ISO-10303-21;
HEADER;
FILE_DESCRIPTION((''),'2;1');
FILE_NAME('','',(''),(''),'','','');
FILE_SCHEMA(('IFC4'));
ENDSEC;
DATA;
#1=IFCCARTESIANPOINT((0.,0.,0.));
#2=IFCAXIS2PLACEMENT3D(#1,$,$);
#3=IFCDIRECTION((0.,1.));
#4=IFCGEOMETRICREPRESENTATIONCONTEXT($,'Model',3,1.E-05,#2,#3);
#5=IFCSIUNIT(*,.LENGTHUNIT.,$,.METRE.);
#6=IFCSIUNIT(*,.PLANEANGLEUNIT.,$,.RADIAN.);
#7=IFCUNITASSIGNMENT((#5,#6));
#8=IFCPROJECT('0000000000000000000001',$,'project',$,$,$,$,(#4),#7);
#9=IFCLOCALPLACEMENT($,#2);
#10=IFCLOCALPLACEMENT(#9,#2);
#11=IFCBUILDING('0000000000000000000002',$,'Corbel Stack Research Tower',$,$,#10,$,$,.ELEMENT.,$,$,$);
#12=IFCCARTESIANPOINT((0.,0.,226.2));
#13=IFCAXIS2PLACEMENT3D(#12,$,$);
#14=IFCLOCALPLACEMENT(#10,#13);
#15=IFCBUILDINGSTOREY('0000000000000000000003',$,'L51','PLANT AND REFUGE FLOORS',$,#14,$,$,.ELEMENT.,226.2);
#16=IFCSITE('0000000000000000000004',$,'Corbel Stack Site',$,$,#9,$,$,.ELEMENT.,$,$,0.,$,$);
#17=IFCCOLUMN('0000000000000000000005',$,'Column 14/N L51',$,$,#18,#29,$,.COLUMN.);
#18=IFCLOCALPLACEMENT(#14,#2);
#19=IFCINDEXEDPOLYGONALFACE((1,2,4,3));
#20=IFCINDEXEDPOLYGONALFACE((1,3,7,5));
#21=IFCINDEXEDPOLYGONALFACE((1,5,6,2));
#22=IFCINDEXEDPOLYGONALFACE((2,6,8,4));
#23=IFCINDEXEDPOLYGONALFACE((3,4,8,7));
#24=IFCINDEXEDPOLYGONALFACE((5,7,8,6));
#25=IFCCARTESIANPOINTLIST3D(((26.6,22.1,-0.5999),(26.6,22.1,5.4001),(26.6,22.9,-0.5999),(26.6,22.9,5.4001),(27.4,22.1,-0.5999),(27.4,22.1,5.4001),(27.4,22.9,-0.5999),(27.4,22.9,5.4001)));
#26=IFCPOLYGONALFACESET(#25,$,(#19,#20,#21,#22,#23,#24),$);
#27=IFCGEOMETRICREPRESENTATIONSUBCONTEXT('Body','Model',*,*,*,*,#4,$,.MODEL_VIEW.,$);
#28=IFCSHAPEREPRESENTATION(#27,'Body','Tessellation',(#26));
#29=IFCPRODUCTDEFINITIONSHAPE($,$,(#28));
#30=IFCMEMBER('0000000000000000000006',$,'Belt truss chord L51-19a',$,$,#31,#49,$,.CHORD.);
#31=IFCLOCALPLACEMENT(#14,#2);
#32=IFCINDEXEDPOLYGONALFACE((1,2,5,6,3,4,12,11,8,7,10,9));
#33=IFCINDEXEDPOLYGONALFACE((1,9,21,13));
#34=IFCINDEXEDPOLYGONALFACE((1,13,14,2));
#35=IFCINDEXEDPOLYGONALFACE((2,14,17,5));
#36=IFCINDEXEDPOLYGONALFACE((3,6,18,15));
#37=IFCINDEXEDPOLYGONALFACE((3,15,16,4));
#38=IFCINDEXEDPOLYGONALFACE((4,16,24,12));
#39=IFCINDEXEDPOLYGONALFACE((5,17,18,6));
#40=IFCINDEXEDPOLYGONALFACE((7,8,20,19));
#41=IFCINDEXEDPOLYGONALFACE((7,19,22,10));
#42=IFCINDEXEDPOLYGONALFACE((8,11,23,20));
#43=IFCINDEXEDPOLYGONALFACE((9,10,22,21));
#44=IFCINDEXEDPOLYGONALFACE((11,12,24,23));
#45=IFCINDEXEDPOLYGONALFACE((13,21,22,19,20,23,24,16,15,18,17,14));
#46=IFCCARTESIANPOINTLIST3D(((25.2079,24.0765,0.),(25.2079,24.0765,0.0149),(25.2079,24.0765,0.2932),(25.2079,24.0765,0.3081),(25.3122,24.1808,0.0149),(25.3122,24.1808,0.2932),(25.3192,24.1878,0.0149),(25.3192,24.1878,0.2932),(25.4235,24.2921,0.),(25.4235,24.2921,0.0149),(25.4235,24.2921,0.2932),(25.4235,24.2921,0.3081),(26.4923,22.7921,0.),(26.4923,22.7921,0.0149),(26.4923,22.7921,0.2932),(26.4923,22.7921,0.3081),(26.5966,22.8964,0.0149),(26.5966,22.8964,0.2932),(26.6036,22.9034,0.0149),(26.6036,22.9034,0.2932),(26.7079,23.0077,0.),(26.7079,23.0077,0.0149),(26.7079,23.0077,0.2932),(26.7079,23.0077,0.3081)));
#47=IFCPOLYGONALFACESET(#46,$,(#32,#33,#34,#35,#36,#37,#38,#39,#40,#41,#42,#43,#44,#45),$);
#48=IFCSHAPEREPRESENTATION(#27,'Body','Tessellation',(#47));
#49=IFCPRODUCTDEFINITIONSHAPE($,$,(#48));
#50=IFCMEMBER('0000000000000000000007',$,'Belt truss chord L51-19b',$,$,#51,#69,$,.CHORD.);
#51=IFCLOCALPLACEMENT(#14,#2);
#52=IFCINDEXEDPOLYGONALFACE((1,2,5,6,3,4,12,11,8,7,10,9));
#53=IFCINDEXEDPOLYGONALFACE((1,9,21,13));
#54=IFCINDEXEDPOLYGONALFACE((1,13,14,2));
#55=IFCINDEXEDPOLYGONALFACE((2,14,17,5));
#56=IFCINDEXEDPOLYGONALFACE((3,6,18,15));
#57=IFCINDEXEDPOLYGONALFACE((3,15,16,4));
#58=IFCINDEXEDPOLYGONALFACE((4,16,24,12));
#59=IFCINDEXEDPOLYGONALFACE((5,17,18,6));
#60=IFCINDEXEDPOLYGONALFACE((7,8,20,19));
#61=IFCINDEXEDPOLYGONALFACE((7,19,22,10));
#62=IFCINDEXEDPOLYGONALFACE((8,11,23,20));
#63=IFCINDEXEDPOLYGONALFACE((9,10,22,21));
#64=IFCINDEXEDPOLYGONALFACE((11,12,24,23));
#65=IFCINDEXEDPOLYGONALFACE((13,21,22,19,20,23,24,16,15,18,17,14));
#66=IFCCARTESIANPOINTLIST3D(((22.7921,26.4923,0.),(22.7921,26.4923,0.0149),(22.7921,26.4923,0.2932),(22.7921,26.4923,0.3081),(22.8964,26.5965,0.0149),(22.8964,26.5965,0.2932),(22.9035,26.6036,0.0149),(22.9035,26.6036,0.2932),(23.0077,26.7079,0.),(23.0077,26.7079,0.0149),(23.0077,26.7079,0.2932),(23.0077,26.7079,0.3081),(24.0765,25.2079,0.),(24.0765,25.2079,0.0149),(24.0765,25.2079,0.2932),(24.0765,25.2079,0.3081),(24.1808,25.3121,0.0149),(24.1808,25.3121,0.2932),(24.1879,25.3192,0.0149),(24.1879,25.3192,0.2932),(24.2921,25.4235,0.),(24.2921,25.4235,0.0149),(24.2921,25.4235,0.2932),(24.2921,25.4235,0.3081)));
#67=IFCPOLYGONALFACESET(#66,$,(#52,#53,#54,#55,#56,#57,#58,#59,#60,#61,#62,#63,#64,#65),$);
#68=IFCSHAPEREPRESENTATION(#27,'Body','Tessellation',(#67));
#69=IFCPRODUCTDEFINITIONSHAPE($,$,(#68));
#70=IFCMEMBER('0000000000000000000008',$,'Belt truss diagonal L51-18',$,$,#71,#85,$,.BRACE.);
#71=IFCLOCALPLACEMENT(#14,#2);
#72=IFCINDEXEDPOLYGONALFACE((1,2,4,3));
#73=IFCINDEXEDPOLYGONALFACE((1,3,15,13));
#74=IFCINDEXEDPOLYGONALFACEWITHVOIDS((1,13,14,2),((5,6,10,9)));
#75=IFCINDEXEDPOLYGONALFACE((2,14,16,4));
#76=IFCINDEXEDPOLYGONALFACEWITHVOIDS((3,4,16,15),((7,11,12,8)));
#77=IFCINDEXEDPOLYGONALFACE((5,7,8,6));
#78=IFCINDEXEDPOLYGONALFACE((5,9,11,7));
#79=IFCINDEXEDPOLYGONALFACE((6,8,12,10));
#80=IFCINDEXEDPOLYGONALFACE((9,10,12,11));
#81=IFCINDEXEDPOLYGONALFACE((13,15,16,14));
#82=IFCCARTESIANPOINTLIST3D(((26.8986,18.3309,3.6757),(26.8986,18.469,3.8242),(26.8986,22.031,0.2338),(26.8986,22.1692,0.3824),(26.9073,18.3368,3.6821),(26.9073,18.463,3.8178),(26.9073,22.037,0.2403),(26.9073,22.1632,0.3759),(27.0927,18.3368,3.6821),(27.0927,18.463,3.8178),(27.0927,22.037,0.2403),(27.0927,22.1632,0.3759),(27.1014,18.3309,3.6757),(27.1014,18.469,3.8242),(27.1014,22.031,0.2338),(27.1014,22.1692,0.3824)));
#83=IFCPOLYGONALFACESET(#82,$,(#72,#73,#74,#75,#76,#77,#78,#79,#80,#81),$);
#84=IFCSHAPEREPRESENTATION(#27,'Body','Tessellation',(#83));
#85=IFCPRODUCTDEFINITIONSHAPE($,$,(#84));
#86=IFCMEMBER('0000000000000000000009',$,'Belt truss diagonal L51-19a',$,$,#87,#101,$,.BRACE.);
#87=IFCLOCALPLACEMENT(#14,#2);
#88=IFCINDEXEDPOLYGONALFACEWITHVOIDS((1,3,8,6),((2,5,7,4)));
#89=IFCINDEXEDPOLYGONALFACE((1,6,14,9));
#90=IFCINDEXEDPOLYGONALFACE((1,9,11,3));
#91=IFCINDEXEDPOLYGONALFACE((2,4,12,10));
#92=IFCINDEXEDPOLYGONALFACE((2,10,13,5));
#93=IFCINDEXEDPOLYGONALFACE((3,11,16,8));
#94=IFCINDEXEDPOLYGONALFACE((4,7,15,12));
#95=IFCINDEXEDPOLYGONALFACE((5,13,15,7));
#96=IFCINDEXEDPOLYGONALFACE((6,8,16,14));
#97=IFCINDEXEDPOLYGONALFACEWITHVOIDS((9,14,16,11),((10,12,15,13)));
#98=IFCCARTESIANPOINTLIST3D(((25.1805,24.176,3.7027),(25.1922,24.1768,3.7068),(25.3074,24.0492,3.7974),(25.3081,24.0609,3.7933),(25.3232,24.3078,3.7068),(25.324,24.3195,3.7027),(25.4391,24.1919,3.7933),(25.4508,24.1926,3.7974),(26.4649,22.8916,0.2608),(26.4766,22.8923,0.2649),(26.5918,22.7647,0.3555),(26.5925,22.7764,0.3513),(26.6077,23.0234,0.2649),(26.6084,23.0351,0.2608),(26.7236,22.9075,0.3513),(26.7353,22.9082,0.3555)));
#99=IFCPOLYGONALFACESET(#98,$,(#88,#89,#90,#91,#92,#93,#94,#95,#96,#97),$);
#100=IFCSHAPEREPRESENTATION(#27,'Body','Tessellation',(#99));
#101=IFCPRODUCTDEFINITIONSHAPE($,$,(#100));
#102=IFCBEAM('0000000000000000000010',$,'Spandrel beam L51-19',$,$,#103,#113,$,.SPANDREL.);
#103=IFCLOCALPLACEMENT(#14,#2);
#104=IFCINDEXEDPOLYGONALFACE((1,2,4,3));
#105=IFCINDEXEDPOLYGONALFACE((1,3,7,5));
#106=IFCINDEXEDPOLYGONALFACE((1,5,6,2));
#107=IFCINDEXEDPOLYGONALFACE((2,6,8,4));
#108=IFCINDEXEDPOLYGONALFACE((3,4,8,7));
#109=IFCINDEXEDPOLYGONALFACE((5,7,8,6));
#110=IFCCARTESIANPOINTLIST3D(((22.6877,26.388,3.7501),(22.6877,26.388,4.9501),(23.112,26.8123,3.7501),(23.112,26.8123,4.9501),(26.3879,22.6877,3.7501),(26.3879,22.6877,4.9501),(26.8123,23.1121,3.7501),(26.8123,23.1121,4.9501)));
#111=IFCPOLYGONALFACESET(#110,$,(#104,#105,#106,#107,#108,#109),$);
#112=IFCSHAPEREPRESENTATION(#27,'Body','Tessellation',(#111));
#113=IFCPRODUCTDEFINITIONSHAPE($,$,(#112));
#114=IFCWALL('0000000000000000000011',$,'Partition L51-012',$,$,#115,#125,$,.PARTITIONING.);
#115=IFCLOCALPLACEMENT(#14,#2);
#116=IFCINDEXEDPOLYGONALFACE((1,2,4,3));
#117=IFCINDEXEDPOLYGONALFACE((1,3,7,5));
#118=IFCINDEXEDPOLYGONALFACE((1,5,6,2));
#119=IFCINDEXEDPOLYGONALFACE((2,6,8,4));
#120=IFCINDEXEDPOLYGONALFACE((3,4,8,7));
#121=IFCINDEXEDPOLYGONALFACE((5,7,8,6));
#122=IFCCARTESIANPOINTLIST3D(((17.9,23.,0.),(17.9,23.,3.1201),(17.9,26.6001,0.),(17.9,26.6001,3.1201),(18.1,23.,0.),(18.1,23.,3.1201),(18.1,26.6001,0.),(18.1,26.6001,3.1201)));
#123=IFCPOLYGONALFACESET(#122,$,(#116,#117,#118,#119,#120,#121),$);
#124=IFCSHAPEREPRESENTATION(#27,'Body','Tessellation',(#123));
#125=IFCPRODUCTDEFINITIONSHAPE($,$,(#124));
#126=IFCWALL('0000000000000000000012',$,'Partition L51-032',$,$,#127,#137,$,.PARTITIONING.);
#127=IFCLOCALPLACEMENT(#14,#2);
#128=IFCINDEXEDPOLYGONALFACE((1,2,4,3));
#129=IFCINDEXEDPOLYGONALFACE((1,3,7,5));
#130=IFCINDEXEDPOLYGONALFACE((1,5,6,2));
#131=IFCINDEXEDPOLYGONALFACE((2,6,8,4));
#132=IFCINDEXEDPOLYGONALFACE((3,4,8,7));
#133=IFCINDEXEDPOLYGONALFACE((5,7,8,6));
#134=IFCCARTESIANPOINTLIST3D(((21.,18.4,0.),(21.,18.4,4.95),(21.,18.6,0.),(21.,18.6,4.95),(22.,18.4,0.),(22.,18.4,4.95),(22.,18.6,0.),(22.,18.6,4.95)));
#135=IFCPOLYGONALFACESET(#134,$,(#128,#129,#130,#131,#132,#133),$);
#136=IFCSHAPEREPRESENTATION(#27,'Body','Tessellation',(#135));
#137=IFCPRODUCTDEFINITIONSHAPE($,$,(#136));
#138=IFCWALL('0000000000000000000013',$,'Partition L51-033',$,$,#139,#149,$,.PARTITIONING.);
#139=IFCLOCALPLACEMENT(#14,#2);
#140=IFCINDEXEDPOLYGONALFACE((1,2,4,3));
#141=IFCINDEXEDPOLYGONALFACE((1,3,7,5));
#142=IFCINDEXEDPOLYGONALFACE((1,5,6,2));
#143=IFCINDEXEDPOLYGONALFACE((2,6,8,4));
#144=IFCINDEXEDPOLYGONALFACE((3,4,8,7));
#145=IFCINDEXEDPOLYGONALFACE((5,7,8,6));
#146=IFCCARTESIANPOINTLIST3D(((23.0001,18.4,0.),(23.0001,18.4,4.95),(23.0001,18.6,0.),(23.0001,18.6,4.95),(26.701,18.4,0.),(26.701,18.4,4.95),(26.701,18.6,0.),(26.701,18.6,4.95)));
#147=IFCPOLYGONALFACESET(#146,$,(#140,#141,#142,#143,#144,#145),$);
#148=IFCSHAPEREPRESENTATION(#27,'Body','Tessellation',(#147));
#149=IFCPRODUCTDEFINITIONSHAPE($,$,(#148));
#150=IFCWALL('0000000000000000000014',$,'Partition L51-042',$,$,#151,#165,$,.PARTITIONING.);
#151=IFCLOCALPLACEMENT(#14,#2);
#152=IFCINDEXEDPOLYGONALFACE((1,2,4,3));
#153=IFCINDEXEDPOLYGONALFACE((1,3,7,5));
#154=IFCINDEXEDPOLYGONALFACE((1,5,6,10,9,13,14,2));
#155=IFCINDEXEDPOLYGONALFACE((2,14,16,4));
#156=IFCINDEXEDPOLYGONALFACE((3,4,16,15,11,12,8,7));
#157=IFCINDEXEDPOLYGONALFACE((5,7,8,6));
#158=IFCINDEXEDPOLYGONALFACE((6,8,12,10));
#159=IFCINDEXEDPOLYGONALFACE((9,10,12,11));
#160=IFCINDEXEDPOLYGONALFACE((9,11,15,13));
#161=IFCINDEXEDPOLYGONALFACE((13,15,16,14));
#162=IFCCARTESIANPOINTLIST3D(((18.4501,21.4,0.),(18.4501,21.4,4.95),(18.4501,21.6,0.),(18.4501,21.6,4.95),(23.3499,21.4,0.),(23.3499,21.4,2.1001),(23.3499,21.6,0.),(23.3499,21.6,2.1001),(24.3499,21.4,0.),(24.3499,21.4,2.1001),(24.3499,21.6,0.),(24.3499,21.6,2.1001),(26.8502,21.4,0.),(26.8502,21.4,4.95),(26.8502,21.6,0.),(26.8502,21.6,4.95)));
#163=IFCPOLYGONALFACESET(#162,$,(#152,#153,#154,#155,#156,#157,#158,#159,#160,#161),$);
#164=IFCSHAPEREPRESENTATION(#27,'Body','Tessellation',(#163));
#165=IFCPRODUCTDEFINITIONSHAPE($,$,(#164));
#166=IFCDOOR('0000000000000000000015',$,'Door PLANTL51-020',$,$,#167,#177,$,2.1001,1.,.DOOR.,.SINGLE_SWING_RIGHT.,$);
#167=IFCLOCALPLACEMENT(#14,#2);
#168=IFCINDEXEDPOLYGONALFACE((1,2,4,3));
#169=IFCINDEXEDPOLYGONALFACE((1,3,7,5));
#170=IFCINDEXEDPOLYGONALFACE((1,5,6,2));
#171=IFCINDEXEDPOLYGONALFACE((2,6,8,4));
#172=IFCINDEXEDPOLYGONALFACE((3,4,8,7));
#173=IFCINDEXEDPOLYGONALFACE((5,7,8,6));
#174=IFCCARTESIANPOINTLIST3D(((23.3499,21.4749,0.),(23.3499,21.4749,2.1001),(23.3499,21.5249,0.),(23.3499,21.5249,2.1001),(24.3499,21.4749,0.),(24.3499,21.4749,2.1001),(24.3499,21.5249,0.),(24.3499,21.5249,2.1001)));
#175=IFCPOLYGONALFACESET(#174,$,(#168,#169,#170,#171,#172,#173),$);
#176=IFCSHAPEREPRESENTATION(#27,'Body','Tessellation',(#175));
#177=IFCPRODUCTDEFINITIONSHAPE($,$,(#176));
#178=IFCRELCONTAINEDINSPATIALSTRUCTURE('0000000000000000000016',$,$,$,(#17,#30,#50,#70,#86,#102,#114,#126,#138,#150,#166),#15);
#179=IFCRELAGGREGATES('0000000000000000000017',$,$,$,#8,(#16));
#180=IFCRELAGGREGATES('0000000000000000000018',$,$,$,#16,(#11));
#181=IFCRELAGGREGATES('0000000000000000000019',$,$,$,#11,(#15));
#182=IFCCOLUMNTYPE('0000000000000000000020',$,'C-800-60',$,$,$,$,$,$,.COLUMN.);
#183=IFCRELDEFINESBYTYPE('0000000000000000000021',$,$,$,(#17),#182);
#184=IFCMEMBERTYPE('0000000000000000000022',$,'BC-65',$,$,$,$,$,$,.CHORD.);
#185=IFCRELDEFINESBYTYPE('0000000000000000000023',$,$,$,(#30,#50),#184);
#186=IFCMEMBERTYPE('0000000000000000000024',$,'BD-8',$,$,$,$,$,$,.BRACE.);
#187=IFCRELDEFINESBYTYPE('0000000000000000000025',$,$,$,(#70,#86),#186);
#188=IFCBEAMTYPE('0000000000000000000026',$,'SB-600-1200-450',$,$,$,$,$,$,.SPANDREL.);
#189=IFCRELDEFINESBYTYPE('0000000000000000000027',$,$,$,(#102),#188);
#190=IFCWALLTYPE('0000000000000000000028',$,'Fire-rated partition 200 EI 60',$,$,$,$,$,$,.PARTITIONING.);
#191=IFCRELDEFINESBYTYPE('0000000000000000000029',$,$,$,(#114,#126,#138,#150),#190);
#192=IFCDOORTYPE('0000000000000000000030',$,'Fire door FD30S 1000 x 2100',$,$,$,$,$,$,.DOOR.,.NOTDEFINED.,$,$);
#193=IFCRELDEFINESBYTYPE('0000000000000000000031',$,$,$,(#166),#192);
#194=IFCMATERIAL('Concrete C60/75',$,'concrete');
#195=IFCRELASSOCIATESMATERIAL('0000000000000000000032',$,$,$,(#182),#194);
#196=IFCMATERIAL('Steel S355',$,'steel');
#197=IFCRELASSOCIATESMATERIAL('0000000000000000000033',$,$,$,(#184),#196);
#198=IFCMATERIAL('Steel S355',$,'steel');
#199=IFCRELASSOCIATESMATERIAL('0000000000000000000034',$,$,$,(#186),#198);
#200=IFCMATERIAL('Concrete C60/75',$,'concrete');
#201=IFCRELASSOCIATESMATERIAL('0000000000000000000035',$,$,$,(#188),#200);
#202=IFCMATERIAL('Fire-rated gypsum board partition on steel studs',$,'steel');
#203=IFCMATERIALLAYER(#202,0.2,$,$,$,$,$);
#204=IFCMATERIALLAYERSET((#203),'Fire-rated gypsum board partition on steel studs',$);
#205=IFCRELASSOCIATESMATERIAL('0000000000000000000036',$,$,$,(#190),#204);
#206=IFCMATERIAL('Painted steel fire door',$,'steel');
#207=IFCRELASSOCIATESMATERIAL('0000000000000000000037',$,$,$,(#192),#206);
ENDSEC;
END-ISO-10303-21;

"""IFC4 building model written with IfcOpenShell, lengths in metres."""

from ifc_helpers import new_model, si_unit, direction, frame, frame_2d, origin, origin_2d, place, context, subcontext, project, spatial, rectangle, hollow_rectangle, i_section, extrude, material, layer, layer_set, material_profile, profile_set, type_object, element, fill, save


model = new_model("IFC4")

# Units and contexts
model_context = context("Model", 3, precision=1e-05, world=origin(), true_north=direction((0.0, 1.0)))
body_context = subcontext(model_context, "Body", "Model", "MODEL_VIEW")
ifc_project = project(units=[si_unit("LENGTHUNIT", "METRE"), si_unit("PLANEANGLEUNIT", "RADIAN")], contexts=[model_context])

# Site, building, storey
site_placement = place(None, origin())
site = spatial("IfcSite", under=ifc_project, at=site_placement, Name="Corbel Stack Site", CompositionType="ELEMENT", RefElevation=0.0)
building_placement = place(site_placement, origin())
building = spatial("IfcBuilding", under=site, at=building_placement, Name="Corbel Stack Research Tower", CompositionType="ELEMENT")
storey_placement = place(building_placement, frame((0.0, 0.0, 226.2)))
storey = spatial("IfcBuildingStorey", under=building, at=storey_placement, Name="L51", Description="PLANT AND REFUGE FLOORS", CompositionType="ELEMENT", Elevation=226.2)

# Column
ifc_material_1 = material(Name="Concrete C60/75", Category="concrete")
ifc_material_profile_1 = material_profile(ifc_material_1, rectangle(XDim=0.8, YDim=0.8, at=origin_2d()), Name="RC 800 x 800")
ifc_profile_set_1 = profile_set([ifc_material_profile_1], Name="Concrete C60/75")
column_type = type_object("IfcColumnType", Name="C-800-60", PredefinedType="COLUMN", material=ifc_profile_set_1)
column_placement = place(storey_placement, frame((27.0, 22.5, -0.5999), z_axis=(0.0, 0.0, 1.0), x_axis=(1.0, 0.0, 0.0)))
element("IfcColumn", 1, at=column_placement, inside=storey, type_object=column_type, Name="Column 14/N L51", PredefinedType="COLUMN", context=body_context, shape_type="SweptSolid", body=[
    extrude(rectangle(XDim=0.8, YDim=0.8, at=origin_2d()), origin(), (0.0, 0.0, 1.0), 6.0),
])

# Members
ifc_material_2 = material(Name="Steel S355", Category="steel")
ifc_material_profile_2 = material_profile(ifc_material_2, i_section(OverallWidth=0.3049, OverallDepth=0.3081, WebThickness=0.01, FlangeThickness=0.0149, at=origin_2d()), Name="W12x65")
ifc_profile_set_2 = profile_set([ifc_material_profile_2], Name="Steel S355")
member_type_1 = type_object("IfcMemberType", Name="BC-65", PredefinedType="CHORD", material=ifc_profile_set_2)
for number, where, z_axis, x_axis, name in (
    (2, (26.6001, 22.8999, 0.1541), (-0.707107, 0.707107, 0.0), (-0.707107, -0.707107, 0.0), "Belt truss chord L51-19a"),
    (3, (24.1843, 25.3157, 0.1541), (-0.707107, 0.707107, 0.0), (-0.707107, -0.707107, 0.0), "Belt truss chord L51-19b"),
):
    element("IfcMember", number, at=place(storey_placement, frame(where, z_axis=z_axis, x_axis=x_axis)), inside=storey, type_object=member_type_1, Name=name, PredefinedType="CHORD", context=body_context, shape_type="SweptSolid", body=[
        extrude(i_section(OverallWidth=0.3049, OverallDepth=0.3081, WebThickness=0.01, FlangeThickness=0.0149, at=origin_2d()), origin(), (0.0, 0.0, 1.0), 1.8164),
    ])
ifc_material_3 = material(Name="Steel S355", Category="steel")
ifc_material_profile_3 = material_profile(ifc_material_3, hollow_rectangle(XDim=0.2029, YDim=0.2029, WallThickness=0.0088, at=origin_2d()), Name="HSS8x8x3/8")
ifc_profile_set_3 = profile_set([ifc_material_profile_3], Name="Steel S355")
member_type_2 = type_object("IfcMemberType", Name="BD-8", PredefinedType="BRACE", material=ifc_profile_set_3)
member_1_placement = place(storey_placement, frame((27.0, 22.1001, 0.3081), z_axis=(0.0, -0.732201, 0.681088), x_axis=(1.0, 0.0, 0.0)))
element("IfcMember", 4, at=member_1_placement, inside=storey, type_object=member_type_2, Name="Belt truss diagonal L51-18", PredefinedType="BRACE", context=body_context, shape_type="SweptSolid", body=[
    extrude(hollow_rectangle(XDim=0.2029, YDim=0.2029, WallThickness=0.0088, at=origin_2d()), origin(), (0.0, 0.0, 1.0), 5.0535),
])
member_2_placement = place(storey_placement, frame((26.6001, 22.8999, 0.3081), z_axis=(-0.330033, 0.330033, 0.884396), x_axis=(-0.707107, -0.707107, 0.0)))
element("IfcMember", 5, at=member_2_placement, inside=storey, type_object=member_type_2, Name="Belt truss diagonal L51-19a", PredefinedType="BRACE", context=body_context, shape_type="SweptSolid", body=[
    extrude(hollow_rectangle(XDim=0.2029, YDim=0.2029, WallThickness=0.0088, at=origin_2d()), origin(), (0.0, 0.0, 1.0), 3.8918),
])

# Beam
ifc_material_4 = material(Name="Concrete C60/75", Category="concrete")
ifc_material_profile_4 = material_profile(ifc_material_4, rectangle(XDim=0.6001, YDim=1.2, at=origin_2d()), Name="RC 600 x 1200")
ifc_profile_set_4 = profile_set([ifc_material_profile_4], Name="Concrete C60/75")
beam_type = type_object("IfcBeamType", Name="SB-600-1200-450", PredefinedType="SPANDREL", material=ifc_profile_set_4)
beam_placement = place(storey_placement, frame((26.6001, 22.8999, 4.3501), z_axis=(-0.707107, 0.707107, 0.0), x_axis=(-0.707107, -0.707107, 0.0)))
element("IfcBeam", 6, at=beam_placement, inside=storey, type_object=beam_type, Name="Spandrel beam L51-19", PredefinedType="SPANDREL", context=body_context, shape_type="SweptSolid", body=[
    extrude(rectangle(XDim=0.6001, YDim=1.2, at=origin_2d()), origin(), (0.0, 0.0, 1.0), 5.2329),
])

# Walls
ifc_material_5 = material(Name="Fire-rated gypsum board partition on steel studs", Category="steel")
ifc_layer_1 = layer(ifc_material_5, 0.2)
ifc_layer_set_1 = layer_set([ifc_layer_1], Name="Fire-rated gypsum board partition on steel studs")
wall_type_1 = type_object("IfcWallType", Name="Fire-rated partition 200 EI 60", PredefinedType="PARTITIONING", material=ifc_layer_set_1)
wall_1_placement = place(storey_placement, frame((18.0, 23.0, 0.0), z_axis=(0.0, 0.0, 1.0), x_axis=(0.0, 1.0, 0.0)))
element("IfcWall", 7, at=wall_1_placement, inside=storey, type_object=wall_type_1, Name="Partition L51-012", PredefinedType="PARTITIONING", context=body_context, shape_type="SweptSolid", body=[
    extrude(rectangle(XDim=3.6001, YDim=0.2, at=frame_2d((1.8, 0.0))), origin(), (0.0, 0.0, 1.0), 3.1201),
])
wall_2_placement = place(storey_placement, frame((21.0, 18.5, 0.0), z_axis=(0.0, 0.0, 1.0), x_axis=(1.0, 0.0, 0.0)))
element("IfcWall", 8, at=wall_2_placement, inside=storey, type_object=wall_type_1, Name="Partition L51-032", PredefinedType="PARTITIONING", context=body_context, shape_type="SweptSolid", body=[
    extrude(rectangle(XDim=1.0, YDim=0.2, at=frame_2d((0.5, 0.0))), origin(), (0.0, 0.0, 1.0), 4.95),
])
wall_3_placement = place(storey_placement, frame((23.0, 18.5, 0.0), z_axis=(0.0, 0.0, 1.0), x_axis=(1.0, 0.0, 0.0)))
element("IfcWall", 9, at=wall_3_placement, inside=storey, type_object=wall_type_1, Name="Partition L51-033", PredefinedType="PARTITIONING", context=body_context, shape_type="SweptSolid", body=[
    extrude(rectangle(XDim=3.7009, YDim=0.2, at=frame_2d((1.8506, 0.0))), origin(), (0.0, 0.0, 1.0), 4.95),
])

# Wall, opening, door
wall_4_placement = place(storey_placement, frame((18.45, 21.5, 0.0), z_axis=(0.0, 0.0, 1.0), x_axis=(1.0, 0.0, 0.0)))
wall_4 = element("IfcWall", 10, at=wall_4_placement, inside=storey, type_object=wall_type_1, Name="Partition L51-042", PredefinedType="PARTITIONING", context=body_context, shape_type="SweptSolid", body=[
    extrude(rectangle(XDim=8.4001, YDim=0.2, at=frame_2d((4.2002, 0.0))), origin(), (0.0, 0.0, 1.0), 4.95),
])
opening_placement = place(wall_4_placement, frame((4.8999, 0.0, 0.0)))
opening = element("IfcOpeningElement", 11, at=opening_placement, cuts=wall_4, PredefinedType="OPENING", context=body_context, shape_type="SweptSolid", body=[
    extrude(rectangle(XDim=1.0, YDim=2.1001, at=frame_2d((0.5, 1.05))), frame((0.0, 0.1099, 0.0), z_axis=(0.0, -1.0, 0.0), x_axis=(1.0, 0.0, 0.0)), (0.0, 0.0, 1.0), 0.22),
])
ifc_material_6 = material(Name="Painted steel fire door", Category="steel")
door_type = type_object("IfcDoorType", Name="Fire door FD30S 1000 x 2100", OperationType="NOTDEFINED", PredefinedType="DOOR", material=ifc_material_6)
door_placement = place(opening_placement, origin())
door = element("IfcDoor", 12, at=door_placement, inside=storey, type_object=door_type, Name="Door PLANTL51-020", OperationType="SINGLE_SWING_RIGHT", OverallHeight=2.1001, OverallWidth=1.0, PredefinedType="DOOR", context=body_context, shape_type="SweptSolid", body=[
    extrude(rectangle(XDim=1.0, YDim=2.1001, at=frame_2d((0.5, 1.05))), frame((0.0, 0.0249, 0.0), z_axis=(0.0, -1.0, 0.0), x_axis=(1.0, 0.0, 0.0)), (0.0, 0.0, 1.0), 0.05),
])
fill(opening, door)

save(model, "model.ifc")
